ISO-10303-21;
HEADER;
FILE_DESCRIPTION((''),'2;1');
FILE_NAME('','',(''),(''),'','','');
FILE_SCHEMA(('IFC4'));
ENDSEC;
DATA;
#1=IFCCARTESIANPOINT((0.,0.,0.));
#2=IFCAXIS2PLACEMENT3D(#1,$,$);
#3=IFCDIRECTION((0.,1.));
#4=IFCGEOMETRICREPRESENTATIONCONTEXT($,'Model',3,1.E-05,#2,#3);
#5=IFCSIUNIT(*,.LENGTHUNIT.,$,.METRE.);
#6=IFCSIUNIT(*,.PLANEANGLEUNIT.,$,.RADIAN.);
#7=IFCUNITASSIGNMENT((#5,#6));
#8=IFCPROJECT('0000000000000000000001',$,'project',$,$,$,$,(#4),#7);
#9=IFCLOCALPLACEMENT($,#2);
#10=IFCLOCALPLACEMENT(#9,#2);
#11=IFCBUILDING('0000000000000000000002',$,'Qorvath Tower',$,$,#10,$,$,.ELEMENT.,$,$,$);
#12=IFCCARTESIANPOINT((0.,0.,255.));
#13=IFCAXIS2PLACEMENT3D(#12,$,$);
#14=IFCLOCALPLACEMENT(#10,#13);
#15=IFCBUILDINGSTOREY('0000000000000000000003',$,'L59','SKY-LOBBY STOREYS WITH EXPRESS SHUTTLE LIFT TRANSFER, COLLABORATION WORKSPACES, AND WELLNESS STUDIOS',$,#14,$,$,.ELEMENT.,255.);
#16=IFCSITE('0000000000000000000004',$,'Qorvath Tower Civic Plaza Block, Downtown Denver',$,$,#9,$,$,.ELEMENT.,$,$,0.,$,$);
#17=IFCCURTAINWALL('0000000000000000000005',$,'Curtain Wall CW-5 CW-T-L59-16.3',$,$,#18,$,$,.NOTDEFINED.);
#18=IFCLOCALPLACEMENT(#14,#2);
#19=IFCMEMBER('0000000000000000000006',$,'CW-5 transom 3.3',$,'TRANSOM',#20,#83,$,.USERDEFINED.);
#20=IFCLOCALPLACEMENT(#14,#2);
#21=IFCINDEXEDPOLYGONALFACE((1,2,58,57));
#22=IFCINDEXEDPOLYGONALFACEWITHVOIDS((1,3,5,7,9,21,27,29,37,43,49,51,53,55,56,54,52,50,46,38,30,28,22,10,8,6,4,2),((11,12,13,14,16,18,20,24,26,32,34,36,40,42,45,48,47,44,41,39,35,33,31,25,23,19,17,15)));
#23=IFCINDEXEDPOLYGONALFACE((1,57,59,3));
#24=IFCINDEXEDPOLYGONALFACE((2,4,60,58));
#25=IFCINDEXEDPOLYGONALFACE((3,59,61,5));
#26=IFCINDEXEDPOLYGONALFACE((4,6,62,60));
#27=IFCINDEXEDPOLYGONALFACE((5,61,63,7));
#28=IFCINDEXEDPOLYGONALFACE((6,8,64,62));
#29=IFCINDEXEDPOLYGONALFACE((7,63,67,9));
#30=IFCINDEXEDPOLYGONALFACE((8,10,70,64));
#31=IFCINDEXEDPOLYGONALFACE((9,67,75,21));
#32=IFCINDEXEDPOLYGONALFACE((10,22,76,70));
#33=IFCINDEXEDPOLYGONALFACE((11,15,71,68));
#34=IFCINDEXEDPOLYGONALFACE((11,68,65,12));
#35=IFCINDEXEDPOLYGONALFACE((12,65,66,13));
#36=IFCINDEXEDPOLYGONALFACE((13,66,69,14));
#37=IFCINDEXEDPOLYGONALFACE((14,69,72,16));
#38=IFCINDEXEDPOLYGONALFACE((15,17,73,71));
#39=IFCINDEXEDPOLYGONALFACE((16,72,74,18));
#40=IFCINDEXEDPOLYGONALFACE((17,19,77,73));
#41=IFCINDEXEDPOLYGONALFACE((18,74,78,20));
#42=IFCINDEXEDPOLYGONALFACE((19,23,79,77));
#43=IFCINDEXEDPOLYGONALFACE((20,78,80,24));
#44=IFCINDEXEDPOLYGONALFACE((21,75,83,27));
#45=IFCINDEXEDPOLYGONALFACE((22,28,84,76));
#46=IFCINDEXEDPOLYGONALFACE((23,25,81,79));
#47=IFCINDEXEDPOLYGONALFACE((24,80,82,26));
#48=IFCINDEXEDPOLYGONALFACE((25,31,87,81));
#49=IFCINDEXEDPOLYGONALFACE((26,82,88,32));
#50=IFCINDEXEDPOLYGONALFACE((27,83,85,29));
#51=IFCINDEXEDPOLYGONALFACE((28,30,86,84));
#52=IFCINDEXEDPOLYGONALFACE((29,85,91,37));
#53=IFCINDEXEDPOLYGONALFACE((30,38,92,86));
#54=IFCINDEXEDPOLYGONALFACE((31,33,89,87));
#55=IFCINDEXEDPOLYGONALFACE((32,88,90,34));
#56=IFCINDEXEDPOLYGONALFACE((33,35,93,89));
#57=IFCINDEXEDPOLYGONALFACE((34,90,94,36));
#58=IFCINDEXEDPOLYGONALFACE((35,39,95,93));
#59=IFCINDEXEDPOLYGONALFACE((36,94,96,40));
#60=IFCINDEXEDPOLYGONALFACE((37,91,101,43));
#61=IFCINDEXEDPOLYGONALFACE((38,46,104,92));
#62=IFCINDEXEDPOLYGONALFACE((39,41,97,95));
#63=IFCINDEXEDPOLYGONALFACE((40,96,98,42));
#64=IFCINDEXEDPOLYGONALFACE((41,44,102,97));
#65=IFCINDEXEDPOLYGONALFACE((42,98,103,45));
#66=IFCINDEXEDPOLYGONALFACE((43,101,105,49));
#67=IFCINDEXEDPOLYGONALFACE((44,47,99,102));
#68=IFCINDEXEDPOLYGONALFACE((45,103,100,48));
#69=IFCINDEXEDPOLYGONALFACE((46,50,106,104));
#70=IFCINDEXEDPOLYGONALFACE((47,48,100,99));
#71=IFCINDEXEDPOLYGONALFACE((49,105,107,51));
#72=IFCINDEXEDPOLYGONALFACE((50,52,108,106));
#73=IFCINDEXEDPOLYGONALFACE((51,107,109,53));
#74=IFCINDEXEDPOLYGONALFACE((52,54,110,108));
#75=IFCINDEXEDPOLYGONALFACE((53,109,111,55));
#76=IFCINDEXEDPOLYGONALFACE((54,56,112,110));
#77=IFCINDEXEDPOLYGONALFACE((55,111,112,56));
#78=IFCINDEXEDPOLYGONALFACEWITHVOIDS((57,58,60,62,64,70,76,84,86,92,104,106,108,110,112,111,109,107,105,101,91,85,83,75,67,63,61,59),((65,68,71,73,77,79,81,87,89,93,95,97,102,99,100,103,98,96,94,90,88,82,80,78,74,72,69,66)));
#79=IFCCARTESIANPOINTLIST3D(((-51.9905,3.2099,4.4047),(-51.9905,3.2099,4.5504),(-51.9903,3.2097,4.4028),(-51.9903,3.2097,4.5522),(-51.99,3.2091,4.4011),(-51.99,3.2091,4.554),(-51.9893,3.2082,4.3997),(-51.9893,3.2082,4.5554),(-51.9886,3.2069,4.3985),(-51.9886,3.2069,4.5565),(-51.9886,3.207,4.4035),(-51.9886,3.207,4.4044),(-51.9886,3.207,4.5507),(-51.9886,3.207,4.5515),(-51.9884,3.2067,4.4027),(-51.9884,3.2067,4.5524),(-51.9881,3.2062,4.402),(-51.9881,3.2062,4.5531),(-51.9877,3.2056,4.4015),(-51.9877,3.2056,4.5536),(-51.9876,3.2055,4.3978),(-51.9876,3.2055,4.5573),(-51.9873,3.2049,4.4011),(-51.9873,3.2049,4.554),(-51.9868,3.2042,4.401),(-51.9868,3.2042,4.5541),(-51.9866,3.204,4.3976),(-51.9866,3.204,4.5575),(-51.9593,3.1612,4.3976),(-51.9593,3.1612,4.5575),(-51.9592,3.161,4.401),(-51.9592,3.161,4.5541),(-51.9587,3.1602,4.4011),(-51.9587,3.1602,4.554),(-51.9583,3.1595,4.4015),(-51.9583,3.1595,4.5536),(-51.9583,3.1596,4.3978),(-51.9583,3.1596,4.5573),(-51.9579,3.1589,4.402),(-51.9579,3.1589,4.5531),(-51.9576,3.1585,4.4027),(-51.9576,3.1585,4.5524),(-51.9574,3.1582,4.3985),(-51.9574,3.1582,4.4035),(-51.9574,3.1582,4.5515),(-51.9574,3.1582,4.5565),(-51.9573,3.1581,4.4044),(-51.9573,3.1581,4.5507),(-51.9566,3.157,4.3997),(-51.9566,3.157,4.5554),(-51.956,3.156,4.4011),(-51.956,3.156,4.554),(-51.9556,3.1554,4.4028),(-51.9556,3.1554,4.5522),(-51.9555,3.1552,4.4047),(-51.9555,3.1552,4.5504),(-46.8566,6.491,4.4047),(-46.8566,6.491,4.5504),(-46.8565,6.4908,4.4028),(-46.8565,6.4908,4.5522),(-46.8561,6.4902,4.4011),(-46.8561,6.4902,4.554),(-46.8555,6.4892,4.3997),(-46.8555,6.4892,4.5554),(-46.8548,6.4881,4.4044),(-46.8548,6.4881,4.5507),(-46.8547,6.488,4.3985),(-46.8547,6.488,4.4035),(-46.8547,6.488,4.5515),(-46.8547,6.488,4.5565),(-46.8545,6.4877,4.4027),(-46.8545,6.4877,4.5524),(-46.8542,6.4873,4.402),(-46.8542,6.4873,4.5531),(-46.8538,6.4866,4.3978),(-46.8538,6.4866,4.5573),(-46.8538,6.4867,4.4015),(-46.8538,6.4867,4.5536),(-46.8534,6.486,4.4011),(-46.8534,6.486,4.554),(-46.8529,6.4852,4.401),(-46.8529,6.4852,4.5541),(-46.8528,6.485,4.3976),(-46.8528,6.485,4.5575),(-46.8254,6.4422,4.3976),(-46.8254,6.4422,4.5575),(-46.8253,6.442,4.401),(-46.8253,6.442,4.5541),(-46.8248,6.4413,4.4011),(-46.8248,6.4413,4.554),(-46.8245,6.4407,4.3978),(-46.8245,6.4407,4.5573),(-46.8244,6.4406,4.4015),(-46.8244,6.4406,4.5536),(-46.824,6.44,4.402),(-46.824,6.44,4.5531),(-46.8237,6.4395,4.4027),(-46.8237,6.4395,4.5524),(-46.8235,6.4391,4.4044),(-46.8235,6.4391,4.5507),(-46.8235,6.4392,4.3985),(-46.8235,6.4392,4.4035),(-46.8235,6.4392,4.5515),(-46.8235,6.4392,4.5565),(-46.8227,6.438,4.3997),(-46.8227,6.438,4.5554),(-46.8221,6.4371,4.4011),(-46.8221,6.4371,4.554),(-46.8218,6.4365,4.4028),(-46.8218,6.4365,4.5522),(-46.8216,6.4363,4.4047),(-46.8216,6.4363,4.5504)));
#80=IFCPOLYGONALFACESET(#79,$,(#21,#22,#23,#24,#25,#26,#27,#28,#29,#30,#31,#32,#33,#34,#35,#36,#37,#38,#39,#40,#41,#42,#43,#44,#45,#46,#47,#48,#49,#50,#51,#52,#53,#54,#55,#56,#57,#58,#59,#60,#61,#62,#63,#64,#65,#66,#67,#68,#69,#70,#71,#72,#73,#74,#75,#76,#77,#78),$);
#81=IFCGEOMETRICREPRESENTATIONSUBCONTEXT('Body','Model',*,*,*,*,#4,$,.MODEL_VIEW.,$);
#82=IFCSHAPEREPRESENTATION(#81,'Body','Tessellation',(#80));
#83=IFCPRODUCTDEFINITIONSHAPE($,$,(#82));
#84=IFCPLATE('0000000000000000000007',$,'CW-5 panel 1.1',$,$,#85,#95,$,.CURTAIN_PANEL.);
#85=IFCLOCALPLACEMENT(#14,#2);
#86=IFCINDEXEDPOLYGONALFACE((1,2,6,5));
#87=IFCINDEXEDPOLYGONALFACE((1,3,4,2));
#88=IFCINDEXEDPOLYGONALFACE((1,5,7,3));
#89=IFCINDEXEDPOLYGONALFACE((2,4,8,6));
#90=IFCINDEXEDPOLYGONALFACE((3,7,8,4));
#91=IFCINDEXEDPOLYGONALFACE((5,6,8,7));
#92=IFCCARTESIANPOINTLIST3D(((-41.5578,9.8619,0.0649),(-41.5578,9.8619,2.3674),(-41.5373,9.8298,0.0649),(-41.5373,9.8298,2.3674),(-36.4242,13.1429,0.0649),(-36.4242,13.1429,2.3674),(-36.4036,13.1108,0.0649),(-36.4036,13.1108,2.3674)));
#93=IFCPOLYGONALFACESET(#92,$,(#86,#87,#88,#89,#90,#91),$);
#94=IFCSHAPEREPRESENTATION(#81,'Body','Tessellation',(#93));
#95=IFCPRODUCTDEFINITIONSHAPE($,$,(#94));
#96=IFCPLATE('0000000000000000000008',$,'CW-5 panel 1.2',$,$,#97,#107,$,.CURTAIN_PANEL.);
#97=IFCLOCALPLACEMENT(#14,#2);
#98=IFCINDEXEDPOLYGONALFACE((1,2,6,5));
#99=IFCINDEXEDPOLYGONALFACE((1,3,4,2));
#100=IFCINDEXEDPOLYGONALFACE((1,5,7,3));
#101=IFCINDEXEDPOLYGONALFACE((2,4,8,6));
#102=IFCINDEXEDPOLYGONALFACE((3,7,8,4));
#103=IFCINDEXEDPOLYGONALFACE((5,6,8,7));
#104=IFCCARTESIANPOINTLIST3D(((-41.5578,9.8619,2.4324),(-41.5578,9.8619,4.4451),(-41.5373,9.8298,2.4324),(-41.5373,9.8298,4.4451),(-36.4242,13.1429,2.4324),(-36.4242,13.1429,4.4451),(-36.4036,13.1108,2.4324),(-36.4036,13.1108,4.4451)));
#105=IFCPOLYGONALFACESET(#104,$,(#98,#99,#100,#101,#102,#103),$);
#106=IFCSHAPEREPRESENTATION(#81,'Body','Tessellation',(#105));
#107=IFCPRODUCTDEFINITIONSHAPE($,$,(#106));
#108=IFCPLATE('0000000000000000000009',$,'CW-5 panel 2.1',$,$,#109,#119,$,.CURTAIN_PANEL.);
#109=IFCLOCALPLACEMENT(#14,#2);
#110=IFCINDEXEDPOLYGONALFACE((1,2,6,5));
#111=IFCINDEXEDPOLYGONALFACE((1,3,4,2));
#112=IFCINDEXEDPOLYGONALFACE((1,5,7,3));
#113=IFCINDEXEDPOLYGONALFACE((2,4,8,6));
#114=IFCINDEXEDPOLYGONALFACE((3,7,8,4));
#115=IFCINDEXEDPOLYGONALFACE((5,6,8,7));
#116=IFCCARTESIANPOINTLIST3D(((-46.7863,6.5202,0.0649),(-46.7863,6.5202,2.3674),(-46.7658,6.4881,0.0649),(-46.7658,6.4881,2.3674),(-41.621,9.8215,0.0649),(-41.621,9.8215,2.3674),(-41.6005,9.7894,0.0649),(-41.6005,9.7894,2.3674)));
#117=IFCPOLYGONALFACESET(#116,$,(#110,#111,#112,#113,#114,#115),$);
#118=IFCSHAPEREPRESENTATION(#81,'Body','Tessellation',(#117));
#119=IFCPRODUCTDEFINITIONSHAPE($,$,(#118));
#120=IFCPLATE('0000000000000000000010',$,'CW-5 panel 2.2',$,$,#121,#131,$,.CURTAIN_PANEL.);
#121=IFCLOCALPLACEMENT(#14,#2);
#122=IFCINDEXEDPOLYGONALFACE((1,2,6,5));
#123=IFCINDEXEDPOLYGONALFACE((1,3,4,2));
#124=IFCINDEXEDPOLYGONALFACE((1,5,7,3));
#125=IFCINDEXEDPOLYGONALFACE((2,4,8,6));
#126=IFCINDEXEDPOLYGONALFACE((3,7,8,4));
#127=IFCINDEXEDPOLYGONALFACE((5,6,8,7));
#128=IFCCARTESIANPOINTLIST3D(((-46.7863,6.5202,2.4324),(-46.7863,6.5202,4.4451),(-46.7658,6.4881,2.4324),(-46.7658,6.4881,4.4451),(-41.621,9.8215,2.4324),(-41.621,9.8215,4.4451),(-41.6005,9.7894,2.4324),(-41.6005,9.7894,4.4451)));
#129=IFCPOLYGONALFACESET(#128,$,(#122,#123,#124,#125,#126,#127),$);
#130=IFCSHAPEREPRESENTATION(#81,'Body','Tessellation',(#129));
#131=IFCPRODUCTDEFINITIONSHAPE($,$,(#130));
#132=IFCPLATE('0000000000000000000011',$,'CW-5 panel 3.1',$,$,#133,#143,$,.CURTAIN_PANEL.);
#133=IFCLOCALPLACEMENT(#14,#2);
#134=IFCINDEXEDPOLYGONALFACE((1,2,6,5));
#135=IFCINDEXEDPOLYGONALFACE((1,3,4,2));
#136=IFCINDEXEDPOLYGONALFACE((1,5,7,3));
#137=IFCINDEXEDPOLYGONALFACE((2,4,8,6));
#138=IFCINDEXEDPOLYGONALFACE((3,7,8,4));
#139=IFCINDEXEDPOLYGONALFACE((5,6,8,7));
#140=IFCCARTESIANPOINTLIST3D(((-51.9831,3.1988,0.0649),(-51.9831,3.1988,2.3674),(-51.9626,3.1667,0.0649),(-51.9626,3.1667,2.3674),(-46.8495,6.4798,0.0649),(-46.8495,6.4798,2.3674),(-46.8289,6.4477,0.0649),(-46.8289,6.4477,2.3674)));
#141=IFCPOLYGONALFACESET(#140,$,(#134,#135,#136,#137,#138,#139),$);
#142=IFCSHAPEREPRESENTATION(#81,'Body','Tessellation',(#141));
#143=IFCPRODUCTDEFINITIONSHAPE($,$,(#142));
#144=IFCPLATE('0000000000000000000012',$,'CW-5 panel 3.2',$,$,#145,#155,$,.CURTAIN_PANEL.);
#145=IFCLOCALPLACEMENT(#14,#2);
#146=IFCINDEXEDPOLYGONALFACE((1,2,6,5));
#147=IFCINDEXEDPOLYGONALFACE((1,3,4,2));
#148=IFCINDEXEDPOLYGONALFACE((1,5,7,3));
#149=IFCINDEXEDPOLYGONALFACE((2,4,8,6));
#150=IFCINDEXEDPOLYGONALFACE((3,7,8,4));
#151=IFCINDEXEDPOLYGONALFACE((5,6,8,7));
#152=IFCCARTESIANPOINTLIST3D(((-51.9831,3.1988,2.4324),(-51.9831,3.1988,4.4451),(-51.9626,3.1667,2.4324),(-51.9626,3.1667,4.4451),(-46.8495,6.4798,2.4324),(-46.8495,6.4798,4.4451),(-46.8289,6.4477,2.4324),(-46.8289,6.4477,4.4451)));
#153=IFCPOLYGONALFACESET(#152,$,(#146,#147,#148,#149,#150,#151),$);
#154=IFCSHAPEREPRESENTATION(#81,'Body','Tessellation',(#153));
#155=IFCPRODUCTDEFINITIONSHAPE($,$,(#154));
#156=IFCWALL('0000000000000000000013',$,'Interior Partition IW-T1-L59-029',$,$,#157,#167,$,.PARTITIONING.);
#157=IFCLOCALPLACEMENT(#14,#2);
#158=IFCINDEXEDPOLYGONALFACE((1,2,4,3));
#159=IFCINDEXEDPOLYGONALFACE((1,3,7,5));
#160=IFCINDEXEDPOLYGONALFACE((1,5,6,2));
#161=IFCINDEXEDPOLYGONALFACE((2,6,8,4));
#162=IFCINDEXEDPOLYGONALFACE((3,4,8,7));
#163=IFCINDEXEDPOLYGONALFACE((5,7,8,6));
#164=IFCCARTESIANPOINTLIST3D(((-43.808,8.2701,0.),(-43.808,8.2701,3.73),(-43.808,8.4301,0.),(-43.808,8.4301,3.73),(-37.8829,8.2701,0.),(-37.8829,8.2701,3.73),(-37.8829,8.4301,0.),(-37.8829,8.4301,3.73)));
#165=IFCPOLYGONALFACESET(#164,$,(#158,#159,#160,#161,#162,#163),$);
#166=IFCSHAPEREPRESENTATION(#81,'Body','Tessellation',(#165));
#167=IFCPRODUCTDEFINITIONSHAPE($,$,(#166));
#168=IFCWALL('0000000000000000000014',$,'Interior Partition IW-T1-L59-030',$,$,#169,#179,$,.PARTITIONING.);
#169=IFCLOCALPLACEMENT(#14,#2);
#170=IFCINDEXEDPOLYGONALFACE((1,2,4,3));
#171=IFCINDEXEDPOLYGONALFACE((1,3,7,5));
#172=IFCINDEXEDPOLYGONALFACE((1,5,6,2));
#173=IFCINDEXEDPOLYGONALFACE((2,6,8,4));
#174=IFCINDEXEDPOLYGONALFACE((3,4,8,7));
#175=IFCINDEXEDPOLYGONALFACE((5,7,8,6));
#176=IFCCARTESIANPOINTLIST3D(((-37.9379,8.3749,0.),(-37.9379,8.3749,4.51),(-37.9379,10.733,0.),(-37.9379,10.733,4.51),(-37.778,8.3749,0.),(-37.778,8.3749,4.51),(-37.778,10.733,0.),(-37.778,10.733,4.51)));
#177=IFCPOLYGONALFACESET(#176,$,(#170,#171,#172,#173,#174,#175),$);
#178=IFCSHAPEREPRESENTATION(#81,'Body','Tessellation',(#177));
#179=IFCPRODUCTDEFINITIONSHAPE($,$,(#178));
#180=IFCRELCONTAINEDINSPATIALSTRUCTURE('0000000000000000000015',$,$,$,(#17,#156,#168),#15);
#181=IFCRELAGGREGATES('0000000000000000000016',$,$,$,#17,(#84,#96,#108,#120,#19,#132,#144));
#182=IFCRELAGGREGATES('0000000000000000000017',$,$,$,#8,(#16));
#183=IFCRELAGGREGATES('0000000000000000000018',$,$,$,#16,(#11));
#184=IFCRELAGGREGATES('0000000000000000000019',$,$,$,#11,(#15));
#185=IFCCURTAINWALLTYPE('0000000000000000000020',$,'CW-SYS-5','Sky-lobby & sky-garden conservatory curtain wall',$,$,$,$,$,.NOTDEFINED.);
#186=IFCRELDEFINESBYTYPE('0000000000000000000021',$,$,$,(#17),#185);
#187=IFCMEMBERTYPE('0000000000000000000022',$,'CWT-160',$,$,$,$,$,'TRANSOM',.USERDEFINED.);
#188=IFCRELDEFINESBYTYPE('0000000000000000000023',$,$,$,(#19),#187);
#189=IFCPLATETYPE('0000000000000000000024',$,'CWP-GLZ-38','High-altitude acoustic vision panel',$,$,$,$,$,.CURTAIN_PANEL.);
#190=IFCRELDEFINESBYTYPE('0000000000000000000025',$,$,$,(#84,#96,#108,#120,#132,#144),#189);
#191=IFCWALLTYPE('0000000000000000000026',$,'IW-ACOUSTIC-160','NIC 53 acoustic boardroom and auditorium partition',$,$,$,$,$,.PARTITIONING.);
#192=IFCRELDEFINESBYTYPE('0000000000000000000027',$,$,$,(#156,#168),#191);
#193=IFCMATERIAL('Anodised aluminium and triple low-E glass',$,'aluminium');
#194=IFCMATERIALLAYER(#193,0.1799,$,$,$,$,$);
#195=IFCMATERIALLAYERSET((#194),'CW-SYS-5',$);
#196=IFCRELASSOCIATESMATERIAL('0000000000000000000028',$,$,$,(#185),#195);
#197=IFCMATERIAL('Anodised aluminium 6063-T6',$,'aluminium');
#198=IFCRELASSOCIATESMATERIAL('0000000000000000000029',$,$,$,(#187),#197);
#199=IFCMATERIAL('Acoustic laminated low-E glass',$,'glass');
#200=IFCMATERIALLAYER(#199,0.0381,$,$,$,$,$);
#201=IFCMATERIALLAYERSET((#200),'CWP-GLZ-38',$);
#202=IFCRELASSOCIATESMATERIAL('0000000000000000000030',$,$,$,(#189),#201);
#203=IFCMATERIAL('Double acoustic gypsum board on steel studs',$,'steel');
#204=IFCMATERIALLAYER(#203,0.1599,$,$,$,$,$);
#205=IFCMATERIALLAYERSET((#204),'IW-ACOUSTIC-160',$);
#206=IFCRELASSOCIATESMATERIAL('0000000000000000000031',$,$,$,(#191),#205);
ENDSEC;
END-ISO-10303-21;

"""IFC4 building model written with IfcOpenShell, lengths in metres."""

from ifc_helpers import new_model, si_unit, direction, frame, frame_2d, origin, origin_2d, place, context, subcontext, project, spatial, rectangle, hollow_rectangle, extrude, material, layer, layer_set, material_profile, profile_set, type_object, element, aggregate, save


model = new_model("IFC4")

# Units and contexts
model_context = context("Model", 3, precision=1e-05, world=origin(), true_north=direction((0.0, 1.0)))
body_context = subcontext(model_context, "Body", "Model", "MODEL_VIEW")
ifc_project = project(units=[si_unit("LENGTHUNIT", "METRE"), si_unit("PLANEANGLEUNIT", "RADIAN")], contexts=[model_context])

# Site, building, storey
site_placement = place(None, origin())
site = spatial("IfcSite", under=ifc_project, at=site_placement, Name="Qorvath Tower Civic Plaza Block, Downtown Denver", CompositionType="ELEMENT", RefElevation=0.0)
building_placement = place(site_placement, origin())
building = spatial("IfcBuilding", under=site, at=building_placement, Name="Qorvath Tower", CompositionType="ELEMENT")
storey_placement = place(building_placement, frame((0.0, 0.0, 255.0)))
storey = spatial("IfcBuildingStorey", under=building, at=storey_placement, Name="L59", Description="SKY-LOBBY STOREYS WITH EXPRESS SHUTTLE LIFT TRANSFER, COLLABORATION WORKSPACES, AND WELLNESS STUDIOS", CompositionType="ELEMENT", Elevation=255.0)

# Curtain wall, member, plates
ifc_material_1 = material(Name="Anodised aluminium and triple low-E glass", Category="aluminium")
ifc_layer_1 = layer(ifc_material_1, 0.1799)
ifc_layer_set_1 = layer_set([ifc_layer_1], Name="CW-SYS-5")
curtain_wall_type = type_object("IfcCurtainWallType", Name="CW-SYS-5", Description="Sky-lobby & sky-garden conservatory curtain wall", PredefinedType="NOTDEFINED", material=ifc_layer_set_1)
curtain_wall_placement = place(storey_placement, origin())
curtain_wall = element("IfcCurtainWall", 1, at=curtain_wall_placement, inside=storey, type_object=curtain_wall_type, Name="Curtain Wall CW-5 CW-T-L59-16.3", PredefinedType="NOTDEFINED")
ifc_material_2 = material(Name="Anodised aluminium 6063-T6", Category="aluminium")
ifc_material_profile_1 = material_profile(ifc_material_2, hollow_rectangle(XDim=0.0649, YDim=0.1599, WallThickness=0.0034, InnerFilletRadius=0.0034, OuterFilletRadius=0.0071, at=origin_2d()), Name="CWT 160x65")
ifc_profile_set_1 = profile_set([ifc_material_profile_1], Name="Anodised aluminium 6063-T6")
member_type_1 = type_object("IfcMemberType", Name="CWT-160", ElementType="TRANSOM", PredefinedType="USERDEFINED", material=ifc_profile_set_1)
member_1_placement = place(storey_placement, frame((-46.8391, 6.4636, 4.4775), z_axis=(-0.842615, -0.538516, 0.0), x_axis=(0.538516, -0.842615, 0.0)))
member_1 = element("IfcMember", 2, at=member_1_placement, type_object=member_type_1, Name="CW-5 transom 3.3", ObjectType="TRANSOM", PredefinedType="USERDEFINED", context=body_context, shape_type="SweptSolid", body=[
    extrude(hollow_rectangle(XDim=0.0649, YDim=0.1599, WallThickness=0.0034, InnerFilletRadius=0.0034, OuterFilletRadius=0.0071, at=origin_2d()), origin(), (0.0, 0.0, 1.0), 6.0928),
])
ifc_material_3 = material(Name="Acoustic laminated low-E glass", Category="glass")
ifc_layer_2 = layer(ifc_material_3, 0.0381)
ifc_layer_set_2 = layer_set([ifc_layer_2], Name="CWP-GLZ-38")
plate_type = type_object("IfcPlateType", Name="CWP-GLZ-38", Description="High-altitude acoustic vision panel", PredefinedType="CURTAIN_PANEL", material=ifc_layer_set_2)
plate_1_placement = place(storey_placement, frame((-38.9807, 11.4863, 0.0649), z_axis=(0.0, 0.0, 1.0), x_axis=(-0.842608, -0.538527, 0.0)))
plate_1 = element("IfcPlate", 3, at=plate_1_placement, type_object=plate_type, Name="CW-5 panel 1.1", PredefinedType="CURTAIN_PANEL", context=body_context, shape_type="SweptSolid", body=[
    extrude(rectangle(XDim=6.0925, YDim=0.0381, at=origin_2d()), origin(), (0.0, 0.0, 1.0), 2.3025),
])
plate_2_placement = place(storey_placement, frame((-38.9807, 11.4863, 2.4324), z_axis=(0.0, 0.0, 1.0), x_axis=(-0.842608, -0.538527, 0.0)))
plate_2 = element("IfcPlate", 4, at=plate_2_placement, type_object=plate_type, Name="CW-5 panel 1.2", PredefinedType="CURTAIN_PANEL", context=body_context, shape_type="SweptSolid", body=[
    extrude(rectangle(XDim=6.0925, YDim=0.0381, at=origin_2d()), origin(), (0.0, 0.0, 1.0), 2.0127),
])
plate_3_placement = place(storey_placement, frame((-44.1934, 8.1548, 0.0649), z_axis=(0.0, 0.0, 1.0), x_axis=(-0.842608, -0.538527, 0.0)))
plate_3 = element("IfcPlate", 5, at=plate_3_placement, type_object=plate_type, Name="CW-5 panel 2.1", PredefinedType="CURTAIN_PANEL", context=body_context, shape_type="SweptSolid", body=[
    extrude(rectangle(XDim=6.1301, YDim=0.0381, at=origin_2d()), origin(), (0.0, 0.0, 1.0), 2.3025),
])
plate_4_placement = place(storey_placement, frame((-44.1934, 8.1548, 2.4324), z_axis=(0.0, 0.0, 1.0), x_axis=(-0.842608, -0.538527, 0.0)))
plate_4 = element("IfcPlate", 6, at=plate_4_placement, type_object=plate_type, Name="CW-5 panel 2.2", PredefinedType="CURTAIN_PANEL", context=body_context, shape_type="SweptSolid", body=[
    extrude(rectangle(XDim=6.1301, YDim=0.0381, at=origin_2d()), origin(), (0.0, 0.0, 1.0), 2.0127),
])
plate_5_placement = place(storey_placement, frame((-49.406, 4.8232, 0.0649), z_axis=(0.0, 0.0, 1.0), x_axis=(-0.842608, -0.538527, 0.0)))
plate_5 = element("IfcPlate", 7, at=plate_5_placement, type_object=plate_type, Name="CW-5 panel 3.1", PredefinedType="CURTAIN_PANEL", context=body_context, shape_type="SweptSolid", body=[
    extrude(rectangle(XDim=6.0925, YDim=0.0381, at=origin_2d()), origin(), (0.0, 0.0, 1.0), 2.3025),
])
plate_6_placement = place(storey_placement, frame((-49.406, 4.8232, 2.4324), z_axis=(0.0, 0.0, 1.0), x_axis=(-0.842608, -0.538527, 0.0)))
plate_6 = element("IfcPlate", 8, at=plate_6_placement, type_object=plate_type, Name="CW-5 panel 3.2", PredefinedType="CURTAIN_PANEL", context=body_context, shape_type="SweptSolid", body=[
    extrude(rectangle(XDim=6.0925, YDim=0.0381, at=origin_2d()), origin(), (0.0, 0.0, 1.0), 2.0127),
])
aggregate(curtain_wall, [plate_1, plate_2, plate_3, plate_4, member_1, plate_5, plate_6])

# Walls
ifc_material_4 = material(Name="Double acoustic gypsum board on steel studs", Category="steel")
ifc_layer_3 = layer(ifc_material_4, 0.1599)
ifc_layer_set_3 = layer_set([ifc_layer_3], Name="IW-ACOUSTIC-160")
wall_type_1 = type_object("IfcWallType", Name="IW-ACOUSTIC-160", Description="NIC 53 acoustic boardroom and auditorium partition", PredefinedType="PARTITIONING", material=ifc_layer_set_3)
wall_1_placement = place(storey_placement, frame((-43.8079, 8.3501, 0.0), z_axis=(0.0, 0.0, 1.0), x_axis=(1.0, 0.0, 0.0)))
element("IfcWall", 9, at=wall_1_placement, inside=storey, type_object=wall_type_1, Name="Interior Partition IW-T1-L59-029", PredefinedType="PARTITIONING", context=body_context, shape_type="SweptSolid", body=[
    extrude(rectangle(XDim=5.925, YDim=0.1599, at=frame_2d((2.9624, 0.0))), origin(), (0.0, 0.0, 1.0), 3.73),
])
wall_2_placement = place(storey_placement, frame((-37.8579, 10.7332, 0.0), z_axis=(0.0, 0.0, 1.0), x_axis=(0.0, -1.0, 0.0)))
element("IfcWall", 10, at=wall_2_placement, inside=storey, type_object=wall_type_1, Name="Interior Partition IW-T1-L59-030", PredefinedType="PARTITIONING", context=body_context, shape_type="SweptSolid", body=[
    extrude(rectangle(XDim=2.3582, YDim=0.1599, at=frame_2d((1.1792, 0.0))), origin(), (0.0, 0.0, 1.0), 4.51),
])

save(model, "model.ifc")
